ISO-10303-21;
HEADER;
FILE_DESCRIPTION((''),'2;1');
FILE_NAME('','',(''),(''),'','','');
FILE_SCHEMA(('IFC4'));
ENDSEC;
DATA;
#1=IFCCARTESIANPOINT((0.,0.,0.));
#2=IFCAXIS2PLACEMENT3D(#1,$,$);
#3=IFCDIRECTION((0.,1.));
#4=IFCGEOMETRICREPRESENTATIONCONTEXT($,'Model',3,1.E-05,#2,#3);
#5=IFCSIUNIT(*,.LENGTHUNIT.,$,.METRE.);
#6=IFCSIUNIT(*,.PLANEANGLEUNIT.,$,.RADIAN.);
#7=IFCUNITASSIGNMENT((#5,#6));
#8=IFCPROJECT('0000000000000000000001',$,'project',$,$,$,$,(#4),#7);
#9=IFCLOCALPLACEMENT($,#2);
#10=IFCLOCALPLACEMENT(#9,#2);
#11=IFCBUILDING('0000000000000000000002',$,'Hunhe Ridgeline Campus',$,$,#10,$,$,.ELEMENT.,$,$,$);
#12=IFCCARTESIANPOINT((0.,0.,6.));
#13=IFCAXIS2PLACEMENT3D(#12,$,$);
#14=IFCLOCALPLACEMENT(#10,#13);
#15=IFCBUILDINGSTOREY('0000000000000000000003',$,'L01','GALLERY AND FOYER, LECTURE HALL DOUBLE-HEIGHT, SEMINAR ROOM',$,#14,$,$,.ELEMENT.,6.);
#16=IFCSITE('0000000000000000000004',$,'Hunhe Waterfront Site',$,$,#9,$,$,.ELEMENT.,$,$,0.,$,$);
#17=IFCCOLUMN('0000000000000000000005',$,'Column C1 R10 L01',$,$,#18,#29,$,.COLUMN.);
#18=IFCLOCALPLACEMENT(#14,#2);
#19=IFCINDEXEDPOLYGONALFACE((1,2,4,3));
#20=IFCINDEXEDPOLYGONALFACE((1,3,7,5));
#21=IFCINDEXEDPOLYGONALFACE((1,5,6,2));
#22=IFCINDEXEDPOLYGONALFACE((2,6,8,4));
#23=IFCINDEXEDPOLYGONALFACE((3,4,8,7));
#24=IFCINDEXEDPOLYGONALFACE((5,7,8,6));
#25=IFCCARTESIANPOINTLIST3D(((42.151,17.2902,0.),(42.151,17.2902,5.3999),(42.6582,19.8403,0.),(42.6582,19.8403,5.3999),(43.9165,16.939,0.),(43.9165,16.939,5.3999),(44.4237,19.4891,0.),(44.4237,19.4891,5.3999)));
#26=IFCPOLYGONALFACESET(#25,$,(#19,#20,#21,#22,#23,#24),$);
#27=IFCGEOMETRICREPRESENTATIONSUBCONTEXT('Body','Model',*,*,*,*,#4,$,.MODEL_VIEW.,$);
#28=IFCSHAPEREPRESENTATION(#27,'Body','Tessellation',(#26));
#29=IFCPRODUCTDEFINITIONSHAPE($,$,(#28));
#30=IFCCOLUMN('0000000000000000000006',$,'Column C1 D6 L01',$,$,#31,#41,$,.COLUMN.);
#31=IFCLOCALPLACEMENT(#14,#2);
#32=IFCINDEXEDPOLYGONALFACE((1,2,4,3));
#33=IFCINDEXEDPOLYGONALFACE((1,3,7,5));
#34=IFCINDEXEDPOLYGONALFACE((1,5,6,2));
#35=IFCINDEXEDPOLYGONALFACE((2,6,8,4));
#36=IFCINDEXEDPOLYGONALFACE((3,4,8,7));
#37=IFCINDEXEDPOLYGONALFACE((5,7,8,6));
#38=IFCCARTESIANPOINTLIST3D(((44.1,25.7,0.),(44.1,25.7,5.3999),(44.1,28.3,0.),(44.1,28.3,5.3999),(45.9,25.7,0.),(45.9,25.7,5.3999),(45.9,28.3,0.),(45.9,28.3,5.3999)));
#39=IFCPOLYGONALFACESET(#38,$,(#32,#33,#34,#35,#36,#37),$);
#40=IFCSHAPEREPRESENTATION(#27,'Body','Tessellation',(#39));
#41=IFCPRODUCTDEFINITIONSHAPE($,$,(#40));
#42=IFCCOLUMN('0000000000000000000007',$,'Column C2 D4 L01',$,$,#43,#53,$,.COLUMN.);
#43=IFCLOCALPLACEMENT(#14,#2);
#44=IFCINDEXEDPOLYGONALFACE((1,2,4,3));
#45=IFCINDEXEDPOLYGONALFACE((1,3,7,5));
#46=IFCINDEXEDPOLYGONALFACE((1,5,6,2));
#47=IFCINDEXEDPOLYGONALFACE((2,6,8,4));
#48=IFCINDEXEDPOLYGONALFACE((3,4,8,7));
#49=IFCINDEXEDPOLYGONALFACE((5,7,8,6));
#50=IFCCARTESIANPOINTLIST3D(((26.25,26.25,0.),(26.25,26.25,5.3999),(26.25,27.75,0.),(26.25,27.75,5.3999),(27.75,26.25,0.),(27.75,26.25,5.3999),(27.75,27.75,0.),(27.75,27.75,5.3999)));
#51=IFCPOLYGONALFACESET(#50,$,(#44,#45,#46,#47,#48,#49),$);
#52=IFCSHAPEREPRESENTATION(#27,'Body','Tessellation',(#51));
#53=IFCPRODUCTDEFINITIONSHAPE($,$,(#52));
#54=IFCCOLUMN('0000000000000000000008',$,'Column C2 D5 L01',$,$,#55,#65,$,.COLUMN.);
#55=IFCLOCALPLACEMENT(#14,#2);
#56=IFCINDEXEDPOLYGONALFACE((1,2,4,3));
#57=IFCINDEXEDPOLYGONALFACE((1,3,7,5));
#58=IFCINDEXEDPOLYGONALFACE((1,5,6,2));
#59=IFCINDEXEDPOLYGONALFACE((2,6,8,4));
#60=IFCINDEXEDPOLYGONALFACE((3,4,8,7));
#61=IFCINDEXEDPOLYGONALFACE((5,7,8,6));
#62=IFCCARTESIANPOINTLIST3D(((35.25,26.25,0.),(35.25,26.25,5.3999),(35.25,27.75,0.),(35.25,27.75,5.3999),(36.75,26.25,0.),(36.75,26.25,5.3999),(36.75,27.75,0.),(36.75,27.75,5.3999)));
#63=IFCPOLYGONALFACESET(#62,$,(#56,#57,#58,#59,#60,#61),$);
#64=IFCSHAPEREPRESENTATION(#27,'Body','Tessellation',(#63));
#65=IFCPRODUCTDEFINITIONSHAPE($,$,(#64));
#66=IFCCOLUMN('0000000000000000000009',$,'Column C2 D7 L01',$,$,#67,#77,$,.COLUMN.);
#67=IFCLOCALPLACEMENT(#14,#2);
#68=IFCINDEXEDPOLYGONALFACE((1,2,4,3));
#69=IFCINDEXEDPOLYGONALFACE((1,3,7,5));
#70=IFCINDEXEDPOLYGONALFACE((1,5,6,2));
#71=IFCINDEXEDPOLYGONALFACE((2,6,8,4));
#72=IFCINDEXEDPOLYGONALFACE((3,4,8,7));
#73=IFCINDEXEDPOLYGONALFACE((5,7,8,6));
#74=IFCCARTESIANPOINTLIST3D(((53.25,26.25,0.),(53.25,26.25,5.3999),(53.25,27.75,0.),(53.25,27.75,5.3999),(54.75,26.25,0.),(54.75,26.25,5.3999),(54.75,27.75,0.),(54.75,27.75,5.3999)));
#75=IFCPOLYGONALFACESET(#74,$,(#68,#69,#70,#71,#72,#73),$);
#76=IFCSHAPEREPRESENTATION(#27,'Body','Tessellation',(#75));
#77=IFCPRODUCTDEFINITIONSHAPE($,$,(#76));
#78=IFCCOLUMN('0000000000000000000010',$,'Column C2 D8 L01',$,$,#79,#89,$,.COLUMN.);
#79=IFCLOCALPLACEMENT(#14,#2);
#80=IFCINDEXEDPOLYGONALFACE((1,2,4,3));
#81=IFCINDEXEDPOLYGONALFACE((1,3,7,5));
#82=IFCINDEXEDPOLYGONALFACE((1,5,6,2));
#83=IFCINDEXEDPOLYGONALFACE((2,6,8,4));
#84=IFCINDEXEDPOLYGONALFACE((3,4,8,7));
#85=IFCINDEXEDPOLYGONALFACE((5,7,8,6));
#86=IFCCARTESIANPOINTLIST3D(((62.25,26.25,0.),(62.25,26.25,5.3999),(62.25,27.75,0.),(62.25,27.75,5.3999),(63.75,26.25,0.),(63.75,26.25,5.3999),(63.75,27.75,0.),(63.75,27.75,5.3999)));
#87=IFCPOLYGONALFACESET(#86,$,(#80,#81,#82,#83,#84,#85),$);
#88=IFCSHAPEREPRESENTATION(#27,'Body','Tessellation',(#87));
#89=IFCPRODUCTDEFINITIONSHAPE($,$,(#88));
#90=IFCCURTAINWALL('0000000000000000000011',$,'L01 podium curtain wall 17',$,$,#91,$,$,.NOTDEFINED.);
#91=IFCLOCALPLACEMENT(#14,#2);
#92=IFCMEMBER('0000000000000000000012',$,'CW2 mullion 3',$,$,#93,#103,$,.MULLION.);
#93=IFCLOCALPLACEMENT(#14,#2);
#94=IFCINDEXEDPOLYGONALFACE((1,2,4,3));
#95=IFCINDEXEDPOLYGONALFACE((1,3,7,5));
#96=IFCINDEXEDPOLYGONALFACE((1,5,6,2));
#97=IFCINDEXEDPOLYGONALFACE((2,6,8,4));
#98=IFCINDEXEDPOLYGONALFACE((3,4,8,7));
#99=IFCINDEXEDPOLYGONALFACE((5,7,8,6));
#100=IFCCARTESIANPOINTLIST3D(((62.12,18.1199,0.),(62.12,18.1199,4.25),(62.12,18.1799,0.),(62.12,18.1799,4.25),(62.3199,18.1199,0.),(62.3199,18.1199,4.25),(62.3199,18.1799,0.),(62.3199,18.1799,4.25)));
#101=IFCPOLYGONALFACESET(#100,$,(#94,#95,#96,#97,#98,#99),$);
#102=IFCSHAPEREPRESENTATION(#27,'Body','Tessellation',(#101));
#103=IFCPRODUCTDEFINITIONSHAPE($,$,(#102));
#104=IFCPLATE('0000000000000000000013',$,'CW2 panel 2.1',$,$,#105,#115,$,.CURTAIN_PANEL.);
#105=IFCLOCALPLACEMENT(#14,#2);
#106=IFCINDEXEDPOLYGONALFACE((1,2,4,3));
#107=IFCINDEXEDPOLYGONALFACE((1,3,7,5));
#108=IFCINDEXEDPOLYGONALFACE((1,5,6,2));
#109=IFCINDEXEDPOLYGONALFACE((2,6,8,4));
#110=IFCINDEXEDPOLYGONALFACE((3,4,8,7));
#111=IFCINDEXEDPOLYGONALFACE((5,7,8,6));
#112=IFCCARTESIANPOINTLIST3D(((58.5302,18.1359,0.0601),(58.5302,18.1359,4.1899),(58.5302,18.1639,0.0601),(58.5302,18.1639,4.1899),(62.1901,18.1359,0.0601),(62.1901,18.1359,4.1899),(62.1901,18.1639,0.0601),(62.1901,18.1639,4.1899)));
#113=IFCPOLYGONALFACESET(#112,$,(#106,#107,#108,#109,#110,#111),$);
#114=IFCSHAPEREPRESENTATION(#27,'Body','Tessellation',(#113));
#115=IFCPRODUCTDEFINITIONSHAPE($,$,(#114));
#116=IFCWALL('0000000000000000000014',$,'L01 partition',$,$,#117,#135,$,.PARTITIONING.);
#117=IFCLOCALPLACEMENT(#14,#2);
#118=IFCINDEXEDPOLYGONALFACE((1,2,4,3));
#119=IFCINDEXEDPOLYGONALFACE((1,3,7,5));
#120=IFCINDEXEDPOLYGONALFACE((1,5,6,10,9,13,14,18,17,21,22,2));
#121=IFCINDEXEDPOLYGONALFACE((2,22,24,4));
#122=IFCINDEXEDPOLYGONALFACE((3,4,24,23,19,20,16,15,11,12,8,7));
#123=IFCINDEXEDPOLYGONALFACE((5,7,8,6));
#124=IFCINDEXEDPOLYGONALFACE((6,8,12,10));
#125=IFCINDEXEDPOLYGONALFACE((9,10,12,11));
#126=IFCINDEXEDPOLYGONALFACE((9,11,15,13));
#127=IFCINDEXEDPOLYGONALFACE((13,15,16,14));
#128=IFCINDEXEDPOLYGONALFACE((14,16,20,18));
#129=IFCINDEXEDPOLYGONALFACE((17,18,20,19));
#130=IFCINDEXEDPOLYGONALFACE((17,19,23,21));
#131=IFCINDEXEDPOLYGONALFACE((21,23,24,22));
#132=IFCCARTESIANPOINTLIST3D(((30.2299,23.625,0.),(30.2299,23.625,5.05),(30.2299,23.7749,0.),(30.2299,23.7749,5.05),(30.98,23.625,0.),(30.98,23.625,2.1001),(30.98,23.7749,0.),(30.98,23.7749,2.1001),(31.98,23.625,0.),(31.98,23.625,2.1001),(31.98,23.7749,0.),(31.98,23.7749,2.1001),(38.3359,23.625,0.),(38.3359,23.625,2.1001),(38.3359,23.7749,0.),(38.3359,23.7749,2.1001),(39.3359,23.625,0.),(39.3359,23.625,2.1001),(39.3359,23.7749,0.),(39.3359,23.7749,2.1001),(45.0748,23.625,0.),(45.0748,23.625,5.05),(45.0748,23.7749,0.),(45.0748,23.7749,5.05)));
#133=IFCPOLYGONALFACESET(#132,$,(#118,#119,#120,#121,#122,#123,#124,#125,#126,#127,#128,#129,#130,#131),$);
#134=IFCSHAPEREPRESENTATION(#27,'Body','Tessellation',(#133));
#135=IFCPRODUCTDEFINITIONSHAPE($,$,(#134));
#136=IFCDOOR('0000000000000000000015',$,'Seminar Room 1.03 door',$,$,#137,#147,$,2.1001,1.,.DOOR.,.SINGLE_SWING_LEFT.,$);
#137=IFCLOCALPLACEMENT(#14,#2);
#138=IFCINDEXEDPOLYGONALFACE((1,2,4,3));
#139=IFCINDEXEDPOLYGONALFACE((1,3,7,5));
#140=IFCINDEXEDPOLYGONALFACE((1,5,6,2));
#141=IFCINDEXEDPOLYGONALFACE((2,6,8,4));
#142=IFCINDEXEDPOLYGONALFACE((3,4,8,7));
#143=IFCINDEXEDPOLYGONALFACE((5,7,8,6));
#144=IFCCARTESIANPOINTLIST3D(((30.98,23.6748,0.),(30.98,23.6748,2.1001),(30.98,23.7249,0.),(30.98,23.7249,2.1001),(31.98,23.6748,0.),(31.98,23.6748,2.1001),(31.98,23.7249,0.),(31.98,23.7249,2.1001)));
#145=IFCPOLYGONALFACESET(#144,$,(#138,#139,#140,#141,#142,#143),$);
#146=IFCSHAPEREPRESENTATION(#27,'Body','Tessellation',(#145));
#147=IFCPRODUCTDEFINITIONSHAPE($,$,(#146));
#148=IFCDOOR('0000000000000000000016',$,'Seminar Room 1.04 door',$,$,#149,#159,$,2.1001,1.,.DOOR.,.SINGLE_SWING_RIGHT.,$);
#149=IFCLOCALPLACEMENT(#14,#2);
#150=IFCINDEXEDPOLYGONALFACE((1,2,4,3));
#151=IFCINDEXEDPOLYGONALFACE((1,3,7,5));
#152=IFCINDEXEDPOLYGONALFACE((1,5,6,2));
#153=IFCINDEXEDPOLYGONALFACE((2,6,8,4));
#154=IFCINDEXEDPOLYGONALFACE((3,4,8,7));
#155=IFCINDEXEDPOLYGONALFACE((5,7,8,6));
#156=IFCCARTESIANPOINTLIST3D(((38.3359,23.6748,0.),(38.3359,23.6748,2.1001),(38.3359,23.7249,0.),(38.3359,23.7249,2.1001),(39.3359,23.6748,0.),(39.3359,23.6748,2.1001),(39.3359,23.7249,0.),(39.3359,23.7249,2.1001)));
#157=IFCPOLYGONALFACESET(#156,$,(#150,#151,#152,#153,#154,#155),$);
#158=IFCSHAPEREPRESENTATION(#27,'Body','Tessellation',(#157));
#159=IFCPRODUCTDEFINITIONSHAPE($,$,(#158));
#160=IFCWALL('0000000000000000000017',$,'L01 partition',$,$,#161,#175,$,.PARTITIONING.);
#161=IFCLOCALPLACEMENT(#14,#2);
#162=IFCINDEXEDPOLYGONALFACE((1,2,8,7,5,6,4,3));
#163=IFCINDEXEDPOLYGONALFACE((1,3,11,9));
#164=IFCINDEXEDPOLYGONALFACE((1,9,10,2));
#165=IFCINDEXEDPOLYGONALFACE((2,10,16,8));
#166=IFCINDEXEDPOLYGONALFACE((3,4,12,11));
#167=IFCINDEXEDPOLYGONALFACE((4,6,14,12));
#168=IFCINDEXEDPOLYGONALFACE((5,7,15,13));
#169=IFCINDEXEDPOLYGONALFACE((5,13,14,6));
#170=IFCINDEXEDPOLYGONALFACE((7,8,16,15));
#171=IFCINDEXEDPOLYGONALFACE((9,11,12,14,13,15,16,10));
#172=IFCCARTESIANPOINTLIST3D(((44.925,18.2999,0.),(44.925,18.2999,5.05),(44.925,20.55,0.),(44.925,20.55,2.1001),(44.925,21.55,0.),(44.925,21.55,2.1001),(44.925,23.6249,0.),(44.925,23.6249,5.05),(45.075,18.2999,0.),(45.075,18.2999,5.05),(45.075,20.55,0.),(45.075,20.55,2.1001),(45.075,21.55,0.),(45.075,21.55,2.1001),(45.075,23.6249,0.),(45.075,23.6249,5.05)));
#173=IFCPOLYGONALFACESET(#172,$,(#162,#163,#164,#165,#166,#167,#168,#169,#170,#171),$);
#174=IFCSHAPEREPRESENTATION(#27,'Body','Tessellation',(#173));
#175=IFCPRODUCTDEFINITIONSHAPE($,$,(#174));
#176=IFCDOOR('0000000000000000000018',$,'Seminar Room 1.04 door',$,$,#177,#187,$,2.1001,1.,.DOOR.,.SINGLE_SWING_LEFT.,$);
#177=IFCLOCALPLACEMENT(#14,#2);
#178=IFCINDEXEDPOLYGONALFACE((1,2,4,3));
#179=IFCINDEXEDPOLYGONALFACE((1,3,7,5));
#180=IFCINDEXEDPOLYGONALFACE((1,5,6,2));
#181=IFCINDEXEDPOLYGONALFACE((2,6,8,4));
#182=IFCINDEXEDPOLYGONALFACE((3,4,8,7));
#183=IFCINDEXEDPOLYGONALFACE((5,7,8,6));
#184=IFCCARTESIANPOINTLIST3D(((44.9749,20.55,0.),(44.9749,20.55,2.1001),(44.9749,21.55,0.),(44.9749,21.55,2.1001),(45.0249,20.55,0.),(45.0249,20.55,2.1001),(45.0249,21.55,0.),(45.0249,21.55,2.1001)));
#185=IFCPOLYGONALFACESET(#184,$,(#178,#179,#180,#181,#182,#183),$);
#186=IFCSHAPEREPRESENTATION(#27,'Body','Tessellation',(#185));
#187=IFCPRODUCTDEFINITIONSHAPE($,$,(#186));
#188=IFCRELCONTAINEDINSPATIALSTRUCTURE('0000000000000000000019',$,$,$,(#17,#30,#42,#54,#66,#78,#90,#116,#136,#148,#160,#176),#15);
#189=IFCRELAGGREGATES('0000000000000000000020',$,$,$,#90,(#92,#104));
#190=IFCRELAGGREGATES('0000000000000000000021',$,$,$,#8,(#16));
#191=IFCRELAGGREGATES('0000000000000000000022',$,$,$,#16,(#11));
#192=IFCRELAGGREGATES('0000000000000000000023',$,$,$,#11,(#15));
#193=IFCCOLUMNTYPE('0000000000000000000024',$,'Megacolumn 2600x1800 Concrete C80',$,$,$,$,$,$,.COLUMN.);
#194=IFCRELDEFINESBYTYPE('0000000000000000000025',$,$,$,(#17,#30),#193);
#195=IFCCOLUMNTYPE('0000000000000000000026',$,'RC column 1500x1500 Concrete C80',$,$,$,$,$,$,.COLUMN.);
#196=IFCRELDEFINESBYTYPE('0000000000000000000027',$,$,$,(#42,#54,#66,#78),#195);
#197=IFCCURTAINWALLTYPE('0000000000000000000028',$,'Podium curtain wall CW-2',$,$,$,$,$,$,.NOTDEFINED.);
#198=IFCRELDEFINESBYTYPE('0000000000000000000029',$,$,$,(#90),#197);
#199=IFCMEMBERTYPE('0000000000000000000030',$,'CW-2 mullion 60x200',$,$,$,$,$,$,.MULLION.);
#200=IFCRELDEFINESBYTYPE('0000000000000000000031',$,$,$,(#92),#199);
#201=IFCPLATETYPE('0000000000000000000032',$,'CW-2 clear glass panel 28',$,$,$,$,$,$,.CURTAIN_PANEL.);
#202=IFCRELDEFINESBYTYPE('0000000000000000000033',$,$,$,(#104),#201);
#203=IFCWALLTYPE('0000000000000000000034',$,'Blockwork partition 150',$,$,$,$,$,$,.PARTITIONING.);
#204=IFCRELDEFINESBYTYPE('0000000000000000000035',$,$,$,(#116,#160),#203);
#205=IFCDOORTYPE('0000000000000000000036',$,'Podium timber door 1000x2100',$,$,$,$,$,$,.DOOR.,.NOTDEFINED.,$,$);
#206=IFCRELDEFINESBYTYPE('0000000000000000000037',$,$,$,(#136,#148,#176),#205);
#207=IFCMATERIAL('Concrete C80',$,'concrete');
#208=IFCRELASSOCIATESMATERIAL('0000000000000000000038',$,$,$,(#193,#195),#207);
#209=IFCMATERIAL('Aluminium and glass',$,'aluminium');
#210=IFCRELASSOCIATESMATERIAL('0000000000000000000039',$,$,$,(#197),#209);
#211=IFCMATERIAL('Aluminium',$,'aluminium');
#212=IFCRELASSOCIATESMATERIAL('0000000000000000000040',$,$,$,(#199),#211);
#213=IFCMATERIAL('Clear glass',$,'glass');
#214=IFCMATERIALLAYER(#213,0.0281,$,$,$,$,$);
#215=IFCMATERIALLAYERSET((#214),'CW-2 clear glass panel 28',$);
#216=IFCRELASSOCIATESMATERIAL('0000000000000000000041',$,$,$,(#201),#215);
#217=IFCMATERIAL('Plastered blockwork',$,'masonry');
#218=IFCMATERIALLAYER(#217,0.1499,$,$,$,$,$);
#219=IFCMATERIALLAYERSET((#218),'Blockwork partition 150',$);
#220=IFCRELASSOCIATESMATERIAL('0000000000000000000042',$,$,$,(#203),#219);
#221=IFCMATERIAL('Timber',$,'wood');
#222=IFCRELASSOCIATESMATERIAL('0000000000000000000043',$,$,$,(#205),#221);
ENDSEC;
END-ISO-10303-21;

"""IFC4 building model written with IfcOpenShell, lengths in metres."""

from ifc_helpers import new_model, si_unit, direction, frame, frame_2d, origin, origin_2d, place, context, subcontext, project, spatial, rectangle, extrude, material, layer, layer_set, material_profile, profile_set, type_object, element, fill, aggregate, save


model = new_model("IFC4")

# Units and contexts
model_context = context("Model", 3, precision=1e-05, world=origin(), true_north=direction((0.0, 1.0)))
body_context = subcontext(model_context, "Body", "Model", "MODEL_VIEW")
ifc_project = project(units=[si_unit("LENGTHUNIT", "METRE"), si_unit("PLANEANGLEUNIT", "RADIAN")], contexts=[model_context])

# Site, building, storey
site_placement = place(None, origin())
site = spatial("IfcSite", under=ifc_project, at=site_placement, Name="Hunhe Waterfront Site", CompositionType="ELEMENT", RefElevation=0.0)
building_placement = place(site_placement, origin())
building = spatial("IfcBuilding", under=site, at=building_placement, Name="Hunhe Ridgeline Campus", CompositionType="ELEMENT")
storey_placement = place(building_placement, frame((0.0, 0.0, 6.0)))
storey = spatial("IfcBuildingStorey", under=building, at=storey_placement, Name="L01", Description="GALLERY AND FOYER, LECTURE HALL DOUBLE-HEIGHT, SEMINAR ROOM", CompositionType="ELEMENT", Elevation=6.0)

# Columns
ifc_material_1 = material(Name="Concrete C80", Category="concrete")
ifc_material_profile_1 = material_profile(ifc_material_1, rectangle(XDim=2.6001, YDim=1.8, at=origin_2d()))
ifc_profile_set_1 = profile_set([ifc_material_profile_1], Name="Concrete C80")
column_type_1 = type_object("IfcColumnType", Name="Megacolumn 2600x1800 Concrete C80", PredefinedType="COLUMN", material=ifc_profile_set_1)
for number, where, z_axis, x_axis, name in (
    (1, (43.2874, 18.3896, 0.0), (0.0, 0.0, 1.0), (0.19509, 0.980785, 0.0), "Column C1 R10 L01"),
    (2, (45.0, 27.0, 0.0), (0.0, 0.0, 1.0), (0.0, 1.0, 0.0), "Column C1 D6 L01"),
):
    element("IfcColumn", number, at=place(storey_placement, frame(where, z_axis=z_axis, x_axis=x_axis)), inside=storey, type_object=column_type_1, Name=name, PredefinedType="COLUMN", context=body_context, shape_type="SweptSolid", body=[
        extrude(rectangle(XDim=2.6001, YDim=1.8, at=origin_2d()), origin(), (0.0, 0.0, 1.0), 5.3999),
    ])
ifc_material_profile_2 = material_profile(ifc_material_1, rectangle(XDim=1.5, YDim=1.5, at=origin_2d()))
ifc_profile_set_2 = profile_set([ifc_material_profile_2], Name="Concrete C80")
column_type_2 = type_object("IfcColumnType", Name="RC column 1500x1500 Concrete C80", PredefinedType="COLUMN", material=ifc_profile_set_2)
for number, where, z_axis, x_axis, name in (
    (3, (27.0, 27.0, 0.0), (0.0, 0.0, 1.0), (1.0, 0.0, 0.0), "Column C2 D4 L01"),
    (4, (36.0, 27.0, 0.0), (0.0, 0.0, 1.0), (1.0, 0.0, 0.0), "Column C2 D5 L01"),
    (5, (54.0, 27.0, 0.0), (0.0, 0.0, 1.0), (1.0, 0.0, 0.0), "Column C2 D7 L01"),
    (6, (63.0, 27.0, 0.0), (0.0, 0.0, 1.0), (1.0, 0.0, 0.0), "Column C2 D8 L01"),
):
    element("IfcColumn", number, at=place(storey_placement, frame(where, z_axis=z_axis, x_axis=x_axis)), inside=storey, type_object=column_type_2, Name=name, PredefinedType="COLUMN", context=body_context, shape_type="SweptSolid", body=[
        extrude(rectangle(XDim=1.5, YDim=1.5, at=origin_2d()), origin(), (0.0, 0.0, 1.0), 5.3999),
    ])

# Curtain wall, member, plate
ifc_material_2 = material(Name="Aluminium and glass", Category="aluminium")
curtain_wall_type = type_object("IfcCurtainWallType", Name="Podium curtain wall CW-2", PredefinedType="NOTDEFINED", material=ifc_material_2)
curtain_wall_placement = place(storey_placement, origin())
curtain_wall = element("IfcCurtainWall", 7, at=curtain_wall_placement, inside=storey, type_object=curtain_wall_type, Name="L01 podium curtain wall 17", PredefinedType="NOTDEFINED")
ifc_material_3 = material(Name="Aluminium", Category="aluminium")
ifc_material_profile_3 = material_profile(ifc_material_3, rectangle(XDim=0.0601, YDim=0.2, at=origin_2d()))
ifc_profile_set_3 = profile_set([ifc_material_profile_3], Name="Aluminium")
member_type = type_object("IfcMemberType", Name="CW-2 mullion 60x200", PredefinedType="MULLION", material=ifc_profile_set_3)
member_placement = place(storey_placement, frame((62.22, 18.1499, 0.0), z_axis=(0.0, 0.0, 1.0), x_axis=(0.0, 1.0, 0.0)))
member = element("IfcMember", 8, at=member_placement, type_object=member_type, Name="CW2 mullion 3", PredefinedType="MULLION", context=body_context, shape_type="SweptSolid", body=[
    extrude(rectangle(XDim=0.0601, YDim=0.2, at=origin_2d()), origin(), (0.0, 0.0, 1.0), 4.25),
])
ifc_material_4 = material(Name="Clear glass", Category="glass")
ifc_layer_1 = layer(ifc_material_4, 0.0281)
ifc_layer_set_1 = layer_set([ifc_layer_1], Name="CW-2 clear glass panel 28")
plate_type = type_object("IfcPlateType", Name="CW-2 clear glass panel 28", PredefinedType="CURTAIN_PANEL", material=ifc_layer_set_1)
plate_placement = place(storey_placement, frame((60.3601, 18.1499, 0.0601), z_axis=(0.0, 0.0, 1.0), x_axis=(1.0, 0.0, 0.0)))
plate = element("IfcPlate", 9, at=plate_placement, type_object=plate_type, Name="CW2 panel 2.1", PredefinedType="CURTAIN_PANEL", context=body_context, shape_type="SweptSolid", body=[
    extrude(rectangle(XDim=3.6599, YDim=0.0281, at=origin_2d()), origin(), (0.0, 0.0, 1.0), 4.1299),
])
aggregate(curtain_wall, [member, plate])

# Wall, openings, doors
ifc_material_5 = material(Name="Plastered blockwork", Category="masonry")
ifc_layer_2 = layer(ifc_material_5, 0.1499)
ifc_layer_set_2 = layer_set([ifc_layer_2], Name="Blockwork partition 150")
wall_type_1 = type_object("IfcWallType", Name="Blockwork partition 150", PredefinedType="PARTITIONING", material=ifc_layer_set_2)
wall_1_placement = place(storey_placement, frame((30.23, 23.7, 0.0), z_axis=(0.0, 0.0, 1.0), x_axis=(1.0, 0.0, 0.0)))
wall_1 = element("IfcWall", 10, at=wall_1_placement, inside=storey, type_object=wall_type_1, Name="L01 partition", PredefinedType="PARTITIONING", context=body_context, shape_type="SweptSolid", body=[
    extrude(rectangle(XDim=14.845, YDim=0.1499, at=frame_2d((7.4224, 0.0))), origin(), (0.0, 0.0, 1.0), 5.05),
])
opening_1_placement = place(wall_1_placement, frame((0.75, 0.0, 0.0)))
opening_1 = element("IfcOpeningElement", 11, at=opening_1_placement, cuts=wall_1, PredefinedType="OPENING", context=body_context, shape_type="SweptSolid", body=[
    extrude(rectangle(XDim=1.0, YDim=2.1001, at=frame_2d((0.5, 1.05))), frame((0.0, 0.075, 0.0), z_axis=(0.0, -1.0, 0.0), x_axis=(1.0, 0.0, 0.0)), (0.0, 0.0, 1.0), 0.1499),
])
opening_2_placement = place(wall_1_placement, frame((8.106, 0.0, 0.0)))
opening_2 = element("IfcOpeningElement", 12, at=opening_2_placement, cuts=wall_1, PredefinedType="OPENING", context=body_context, shape_type="SweptSolid", body=[
    extrude(rectangle(XDim=1.0, YDim=2.1001, at=frame_2d((0.5, 1.05))), frame((0.0, 0.075, 0.0), z_axis=(0.0, -1.0, 0.0), x_axis=(1.0, 0.0, 0.0)), (0.0, 0.0, 1.0), 0.1499),
])
ifc_material_6 = material(Name="Timber", Category="wood")
door_type_1 = type_object("IfcDoorType", Name="Podium timber door 1000x2100", OperationType="NOTDEFINED", PredefinedType="DOOR", material=ifc_material_6)
door_1_placement = place(opening_1_placement, origin())
door_1 = element("IfcDoor", 13, at=door_1_placement, inside=storey, type_object=door_type_1, Name="Seminar Room 1.03 door", OperationType="SINGLE_SWING_LEFT", OverallHeight=2.1001, OverallWidth=1.0, PredefinedType="DOOR", context=body_context, shape_type="SweptSolid", body=[
    extrude(rectangle(XDim=1.0, YDim=2.1001, at=frame_2d((0.5, 1.05))), frame((0.0, 0.0249, 0.0), z_axis=(0.0, -1.0, 0.0), x_axis=(1.0, 0.0, 0.0)), (0.0, 0.0, 1.0), 0.05),
])
fill(opening_1, door_1)
door_2_placement = place(opening_2_placement, origin())
door_2 = element("IfcDoor", 14, at=door_2_placement, inside=storey, type_object=door_type_1, Name="Seminar Room 1.04 door", OperationType="SINGLE_SWING_RIGHT", OverallHeight=2.1001, OverallWidth=1.0, PredefinedType="DOOR", context=body_context, shape_type="SweptSolid", body=[
    extrude(rectangle(XDim=1.0, YDim=2.1001, at=frame_2d((0.5, 1.05))), frame((0.0, 0.0249, 0.0), z_axis=(0.0, -1.0, 0.0), x_axis=(1.0, 0.0, 0.0)), (0.0, 0.0, 1.0), 0.05),
])
fill(opening_2, door_2)

# Wall, opening, door
wall_2_placement = place(storey_placement, frame((45.0, 23.625, 0.0), z_axis=(0.0, 0.0, 1.0), x_axis=(0.0, -1.0, 0.0)))
wall_2 = element("IfcWall", 15, at=wall_2_placement, inside=storey, type_object=wall_type_1, Name="L01 partition", PredefinedType="PARTITIONING", context=body_context, shape_type="SweptSolid", body=[
    extrude(rectangle(XDim=5.325, YDim=0.1499, at=frame_2d((2.6626, 0.0))), origin(), (0.0, 0.0, 1.0), 5.05),
])
opening_3_placement = place(wall_2_placement, frame((2.075, 0.0, 0.0)))
opening_3 = element("IfcOpeningElement", 16, at=opening_3_placement, cuts=wall_2, PredefinedType="OPENING", context=body_context, shape_type="SweptSolid", body=[
    extrude(rectangle(XDim=1.0, YDim=2.1001, at=frame_2d((0.5, 1.05))), frame((0.0, 0.075, 0.0), z_axis=(0.0, -1.0, 0.0), x_axis=(1.0, 0.0, 0.0)), (0.0, 0.0, 1.0), 0.1499),
])
door_3_placement = place(opening_3_placement, origin())
door_3 = element("IfcDoor", 17, at=door_3_placement, inside=storey, type_object=door_type_1, Name="Seminar Room 1.04 door", OperationType="SINGLE_SWING_LEFT", OverallHeight=2.1001, OverallWidth=1.0, PredefinedType="DOOR", context=body_context, shape_type="SweptSolid", body=[
    extrude(rectangle(XDim=1.0, YDim=2.1001, at=frame_2d((0.5, 1.05))), frame((0.0, 0.0249, 0.0), z_axis=(0.0, -1.0, 0.0), x_axis=(1.0, 0.0, 0.0)), (0.0, 0.0, 1.0), 0.05),
])
fill(opening_3, door_3)

save(model, "model.ifc")
